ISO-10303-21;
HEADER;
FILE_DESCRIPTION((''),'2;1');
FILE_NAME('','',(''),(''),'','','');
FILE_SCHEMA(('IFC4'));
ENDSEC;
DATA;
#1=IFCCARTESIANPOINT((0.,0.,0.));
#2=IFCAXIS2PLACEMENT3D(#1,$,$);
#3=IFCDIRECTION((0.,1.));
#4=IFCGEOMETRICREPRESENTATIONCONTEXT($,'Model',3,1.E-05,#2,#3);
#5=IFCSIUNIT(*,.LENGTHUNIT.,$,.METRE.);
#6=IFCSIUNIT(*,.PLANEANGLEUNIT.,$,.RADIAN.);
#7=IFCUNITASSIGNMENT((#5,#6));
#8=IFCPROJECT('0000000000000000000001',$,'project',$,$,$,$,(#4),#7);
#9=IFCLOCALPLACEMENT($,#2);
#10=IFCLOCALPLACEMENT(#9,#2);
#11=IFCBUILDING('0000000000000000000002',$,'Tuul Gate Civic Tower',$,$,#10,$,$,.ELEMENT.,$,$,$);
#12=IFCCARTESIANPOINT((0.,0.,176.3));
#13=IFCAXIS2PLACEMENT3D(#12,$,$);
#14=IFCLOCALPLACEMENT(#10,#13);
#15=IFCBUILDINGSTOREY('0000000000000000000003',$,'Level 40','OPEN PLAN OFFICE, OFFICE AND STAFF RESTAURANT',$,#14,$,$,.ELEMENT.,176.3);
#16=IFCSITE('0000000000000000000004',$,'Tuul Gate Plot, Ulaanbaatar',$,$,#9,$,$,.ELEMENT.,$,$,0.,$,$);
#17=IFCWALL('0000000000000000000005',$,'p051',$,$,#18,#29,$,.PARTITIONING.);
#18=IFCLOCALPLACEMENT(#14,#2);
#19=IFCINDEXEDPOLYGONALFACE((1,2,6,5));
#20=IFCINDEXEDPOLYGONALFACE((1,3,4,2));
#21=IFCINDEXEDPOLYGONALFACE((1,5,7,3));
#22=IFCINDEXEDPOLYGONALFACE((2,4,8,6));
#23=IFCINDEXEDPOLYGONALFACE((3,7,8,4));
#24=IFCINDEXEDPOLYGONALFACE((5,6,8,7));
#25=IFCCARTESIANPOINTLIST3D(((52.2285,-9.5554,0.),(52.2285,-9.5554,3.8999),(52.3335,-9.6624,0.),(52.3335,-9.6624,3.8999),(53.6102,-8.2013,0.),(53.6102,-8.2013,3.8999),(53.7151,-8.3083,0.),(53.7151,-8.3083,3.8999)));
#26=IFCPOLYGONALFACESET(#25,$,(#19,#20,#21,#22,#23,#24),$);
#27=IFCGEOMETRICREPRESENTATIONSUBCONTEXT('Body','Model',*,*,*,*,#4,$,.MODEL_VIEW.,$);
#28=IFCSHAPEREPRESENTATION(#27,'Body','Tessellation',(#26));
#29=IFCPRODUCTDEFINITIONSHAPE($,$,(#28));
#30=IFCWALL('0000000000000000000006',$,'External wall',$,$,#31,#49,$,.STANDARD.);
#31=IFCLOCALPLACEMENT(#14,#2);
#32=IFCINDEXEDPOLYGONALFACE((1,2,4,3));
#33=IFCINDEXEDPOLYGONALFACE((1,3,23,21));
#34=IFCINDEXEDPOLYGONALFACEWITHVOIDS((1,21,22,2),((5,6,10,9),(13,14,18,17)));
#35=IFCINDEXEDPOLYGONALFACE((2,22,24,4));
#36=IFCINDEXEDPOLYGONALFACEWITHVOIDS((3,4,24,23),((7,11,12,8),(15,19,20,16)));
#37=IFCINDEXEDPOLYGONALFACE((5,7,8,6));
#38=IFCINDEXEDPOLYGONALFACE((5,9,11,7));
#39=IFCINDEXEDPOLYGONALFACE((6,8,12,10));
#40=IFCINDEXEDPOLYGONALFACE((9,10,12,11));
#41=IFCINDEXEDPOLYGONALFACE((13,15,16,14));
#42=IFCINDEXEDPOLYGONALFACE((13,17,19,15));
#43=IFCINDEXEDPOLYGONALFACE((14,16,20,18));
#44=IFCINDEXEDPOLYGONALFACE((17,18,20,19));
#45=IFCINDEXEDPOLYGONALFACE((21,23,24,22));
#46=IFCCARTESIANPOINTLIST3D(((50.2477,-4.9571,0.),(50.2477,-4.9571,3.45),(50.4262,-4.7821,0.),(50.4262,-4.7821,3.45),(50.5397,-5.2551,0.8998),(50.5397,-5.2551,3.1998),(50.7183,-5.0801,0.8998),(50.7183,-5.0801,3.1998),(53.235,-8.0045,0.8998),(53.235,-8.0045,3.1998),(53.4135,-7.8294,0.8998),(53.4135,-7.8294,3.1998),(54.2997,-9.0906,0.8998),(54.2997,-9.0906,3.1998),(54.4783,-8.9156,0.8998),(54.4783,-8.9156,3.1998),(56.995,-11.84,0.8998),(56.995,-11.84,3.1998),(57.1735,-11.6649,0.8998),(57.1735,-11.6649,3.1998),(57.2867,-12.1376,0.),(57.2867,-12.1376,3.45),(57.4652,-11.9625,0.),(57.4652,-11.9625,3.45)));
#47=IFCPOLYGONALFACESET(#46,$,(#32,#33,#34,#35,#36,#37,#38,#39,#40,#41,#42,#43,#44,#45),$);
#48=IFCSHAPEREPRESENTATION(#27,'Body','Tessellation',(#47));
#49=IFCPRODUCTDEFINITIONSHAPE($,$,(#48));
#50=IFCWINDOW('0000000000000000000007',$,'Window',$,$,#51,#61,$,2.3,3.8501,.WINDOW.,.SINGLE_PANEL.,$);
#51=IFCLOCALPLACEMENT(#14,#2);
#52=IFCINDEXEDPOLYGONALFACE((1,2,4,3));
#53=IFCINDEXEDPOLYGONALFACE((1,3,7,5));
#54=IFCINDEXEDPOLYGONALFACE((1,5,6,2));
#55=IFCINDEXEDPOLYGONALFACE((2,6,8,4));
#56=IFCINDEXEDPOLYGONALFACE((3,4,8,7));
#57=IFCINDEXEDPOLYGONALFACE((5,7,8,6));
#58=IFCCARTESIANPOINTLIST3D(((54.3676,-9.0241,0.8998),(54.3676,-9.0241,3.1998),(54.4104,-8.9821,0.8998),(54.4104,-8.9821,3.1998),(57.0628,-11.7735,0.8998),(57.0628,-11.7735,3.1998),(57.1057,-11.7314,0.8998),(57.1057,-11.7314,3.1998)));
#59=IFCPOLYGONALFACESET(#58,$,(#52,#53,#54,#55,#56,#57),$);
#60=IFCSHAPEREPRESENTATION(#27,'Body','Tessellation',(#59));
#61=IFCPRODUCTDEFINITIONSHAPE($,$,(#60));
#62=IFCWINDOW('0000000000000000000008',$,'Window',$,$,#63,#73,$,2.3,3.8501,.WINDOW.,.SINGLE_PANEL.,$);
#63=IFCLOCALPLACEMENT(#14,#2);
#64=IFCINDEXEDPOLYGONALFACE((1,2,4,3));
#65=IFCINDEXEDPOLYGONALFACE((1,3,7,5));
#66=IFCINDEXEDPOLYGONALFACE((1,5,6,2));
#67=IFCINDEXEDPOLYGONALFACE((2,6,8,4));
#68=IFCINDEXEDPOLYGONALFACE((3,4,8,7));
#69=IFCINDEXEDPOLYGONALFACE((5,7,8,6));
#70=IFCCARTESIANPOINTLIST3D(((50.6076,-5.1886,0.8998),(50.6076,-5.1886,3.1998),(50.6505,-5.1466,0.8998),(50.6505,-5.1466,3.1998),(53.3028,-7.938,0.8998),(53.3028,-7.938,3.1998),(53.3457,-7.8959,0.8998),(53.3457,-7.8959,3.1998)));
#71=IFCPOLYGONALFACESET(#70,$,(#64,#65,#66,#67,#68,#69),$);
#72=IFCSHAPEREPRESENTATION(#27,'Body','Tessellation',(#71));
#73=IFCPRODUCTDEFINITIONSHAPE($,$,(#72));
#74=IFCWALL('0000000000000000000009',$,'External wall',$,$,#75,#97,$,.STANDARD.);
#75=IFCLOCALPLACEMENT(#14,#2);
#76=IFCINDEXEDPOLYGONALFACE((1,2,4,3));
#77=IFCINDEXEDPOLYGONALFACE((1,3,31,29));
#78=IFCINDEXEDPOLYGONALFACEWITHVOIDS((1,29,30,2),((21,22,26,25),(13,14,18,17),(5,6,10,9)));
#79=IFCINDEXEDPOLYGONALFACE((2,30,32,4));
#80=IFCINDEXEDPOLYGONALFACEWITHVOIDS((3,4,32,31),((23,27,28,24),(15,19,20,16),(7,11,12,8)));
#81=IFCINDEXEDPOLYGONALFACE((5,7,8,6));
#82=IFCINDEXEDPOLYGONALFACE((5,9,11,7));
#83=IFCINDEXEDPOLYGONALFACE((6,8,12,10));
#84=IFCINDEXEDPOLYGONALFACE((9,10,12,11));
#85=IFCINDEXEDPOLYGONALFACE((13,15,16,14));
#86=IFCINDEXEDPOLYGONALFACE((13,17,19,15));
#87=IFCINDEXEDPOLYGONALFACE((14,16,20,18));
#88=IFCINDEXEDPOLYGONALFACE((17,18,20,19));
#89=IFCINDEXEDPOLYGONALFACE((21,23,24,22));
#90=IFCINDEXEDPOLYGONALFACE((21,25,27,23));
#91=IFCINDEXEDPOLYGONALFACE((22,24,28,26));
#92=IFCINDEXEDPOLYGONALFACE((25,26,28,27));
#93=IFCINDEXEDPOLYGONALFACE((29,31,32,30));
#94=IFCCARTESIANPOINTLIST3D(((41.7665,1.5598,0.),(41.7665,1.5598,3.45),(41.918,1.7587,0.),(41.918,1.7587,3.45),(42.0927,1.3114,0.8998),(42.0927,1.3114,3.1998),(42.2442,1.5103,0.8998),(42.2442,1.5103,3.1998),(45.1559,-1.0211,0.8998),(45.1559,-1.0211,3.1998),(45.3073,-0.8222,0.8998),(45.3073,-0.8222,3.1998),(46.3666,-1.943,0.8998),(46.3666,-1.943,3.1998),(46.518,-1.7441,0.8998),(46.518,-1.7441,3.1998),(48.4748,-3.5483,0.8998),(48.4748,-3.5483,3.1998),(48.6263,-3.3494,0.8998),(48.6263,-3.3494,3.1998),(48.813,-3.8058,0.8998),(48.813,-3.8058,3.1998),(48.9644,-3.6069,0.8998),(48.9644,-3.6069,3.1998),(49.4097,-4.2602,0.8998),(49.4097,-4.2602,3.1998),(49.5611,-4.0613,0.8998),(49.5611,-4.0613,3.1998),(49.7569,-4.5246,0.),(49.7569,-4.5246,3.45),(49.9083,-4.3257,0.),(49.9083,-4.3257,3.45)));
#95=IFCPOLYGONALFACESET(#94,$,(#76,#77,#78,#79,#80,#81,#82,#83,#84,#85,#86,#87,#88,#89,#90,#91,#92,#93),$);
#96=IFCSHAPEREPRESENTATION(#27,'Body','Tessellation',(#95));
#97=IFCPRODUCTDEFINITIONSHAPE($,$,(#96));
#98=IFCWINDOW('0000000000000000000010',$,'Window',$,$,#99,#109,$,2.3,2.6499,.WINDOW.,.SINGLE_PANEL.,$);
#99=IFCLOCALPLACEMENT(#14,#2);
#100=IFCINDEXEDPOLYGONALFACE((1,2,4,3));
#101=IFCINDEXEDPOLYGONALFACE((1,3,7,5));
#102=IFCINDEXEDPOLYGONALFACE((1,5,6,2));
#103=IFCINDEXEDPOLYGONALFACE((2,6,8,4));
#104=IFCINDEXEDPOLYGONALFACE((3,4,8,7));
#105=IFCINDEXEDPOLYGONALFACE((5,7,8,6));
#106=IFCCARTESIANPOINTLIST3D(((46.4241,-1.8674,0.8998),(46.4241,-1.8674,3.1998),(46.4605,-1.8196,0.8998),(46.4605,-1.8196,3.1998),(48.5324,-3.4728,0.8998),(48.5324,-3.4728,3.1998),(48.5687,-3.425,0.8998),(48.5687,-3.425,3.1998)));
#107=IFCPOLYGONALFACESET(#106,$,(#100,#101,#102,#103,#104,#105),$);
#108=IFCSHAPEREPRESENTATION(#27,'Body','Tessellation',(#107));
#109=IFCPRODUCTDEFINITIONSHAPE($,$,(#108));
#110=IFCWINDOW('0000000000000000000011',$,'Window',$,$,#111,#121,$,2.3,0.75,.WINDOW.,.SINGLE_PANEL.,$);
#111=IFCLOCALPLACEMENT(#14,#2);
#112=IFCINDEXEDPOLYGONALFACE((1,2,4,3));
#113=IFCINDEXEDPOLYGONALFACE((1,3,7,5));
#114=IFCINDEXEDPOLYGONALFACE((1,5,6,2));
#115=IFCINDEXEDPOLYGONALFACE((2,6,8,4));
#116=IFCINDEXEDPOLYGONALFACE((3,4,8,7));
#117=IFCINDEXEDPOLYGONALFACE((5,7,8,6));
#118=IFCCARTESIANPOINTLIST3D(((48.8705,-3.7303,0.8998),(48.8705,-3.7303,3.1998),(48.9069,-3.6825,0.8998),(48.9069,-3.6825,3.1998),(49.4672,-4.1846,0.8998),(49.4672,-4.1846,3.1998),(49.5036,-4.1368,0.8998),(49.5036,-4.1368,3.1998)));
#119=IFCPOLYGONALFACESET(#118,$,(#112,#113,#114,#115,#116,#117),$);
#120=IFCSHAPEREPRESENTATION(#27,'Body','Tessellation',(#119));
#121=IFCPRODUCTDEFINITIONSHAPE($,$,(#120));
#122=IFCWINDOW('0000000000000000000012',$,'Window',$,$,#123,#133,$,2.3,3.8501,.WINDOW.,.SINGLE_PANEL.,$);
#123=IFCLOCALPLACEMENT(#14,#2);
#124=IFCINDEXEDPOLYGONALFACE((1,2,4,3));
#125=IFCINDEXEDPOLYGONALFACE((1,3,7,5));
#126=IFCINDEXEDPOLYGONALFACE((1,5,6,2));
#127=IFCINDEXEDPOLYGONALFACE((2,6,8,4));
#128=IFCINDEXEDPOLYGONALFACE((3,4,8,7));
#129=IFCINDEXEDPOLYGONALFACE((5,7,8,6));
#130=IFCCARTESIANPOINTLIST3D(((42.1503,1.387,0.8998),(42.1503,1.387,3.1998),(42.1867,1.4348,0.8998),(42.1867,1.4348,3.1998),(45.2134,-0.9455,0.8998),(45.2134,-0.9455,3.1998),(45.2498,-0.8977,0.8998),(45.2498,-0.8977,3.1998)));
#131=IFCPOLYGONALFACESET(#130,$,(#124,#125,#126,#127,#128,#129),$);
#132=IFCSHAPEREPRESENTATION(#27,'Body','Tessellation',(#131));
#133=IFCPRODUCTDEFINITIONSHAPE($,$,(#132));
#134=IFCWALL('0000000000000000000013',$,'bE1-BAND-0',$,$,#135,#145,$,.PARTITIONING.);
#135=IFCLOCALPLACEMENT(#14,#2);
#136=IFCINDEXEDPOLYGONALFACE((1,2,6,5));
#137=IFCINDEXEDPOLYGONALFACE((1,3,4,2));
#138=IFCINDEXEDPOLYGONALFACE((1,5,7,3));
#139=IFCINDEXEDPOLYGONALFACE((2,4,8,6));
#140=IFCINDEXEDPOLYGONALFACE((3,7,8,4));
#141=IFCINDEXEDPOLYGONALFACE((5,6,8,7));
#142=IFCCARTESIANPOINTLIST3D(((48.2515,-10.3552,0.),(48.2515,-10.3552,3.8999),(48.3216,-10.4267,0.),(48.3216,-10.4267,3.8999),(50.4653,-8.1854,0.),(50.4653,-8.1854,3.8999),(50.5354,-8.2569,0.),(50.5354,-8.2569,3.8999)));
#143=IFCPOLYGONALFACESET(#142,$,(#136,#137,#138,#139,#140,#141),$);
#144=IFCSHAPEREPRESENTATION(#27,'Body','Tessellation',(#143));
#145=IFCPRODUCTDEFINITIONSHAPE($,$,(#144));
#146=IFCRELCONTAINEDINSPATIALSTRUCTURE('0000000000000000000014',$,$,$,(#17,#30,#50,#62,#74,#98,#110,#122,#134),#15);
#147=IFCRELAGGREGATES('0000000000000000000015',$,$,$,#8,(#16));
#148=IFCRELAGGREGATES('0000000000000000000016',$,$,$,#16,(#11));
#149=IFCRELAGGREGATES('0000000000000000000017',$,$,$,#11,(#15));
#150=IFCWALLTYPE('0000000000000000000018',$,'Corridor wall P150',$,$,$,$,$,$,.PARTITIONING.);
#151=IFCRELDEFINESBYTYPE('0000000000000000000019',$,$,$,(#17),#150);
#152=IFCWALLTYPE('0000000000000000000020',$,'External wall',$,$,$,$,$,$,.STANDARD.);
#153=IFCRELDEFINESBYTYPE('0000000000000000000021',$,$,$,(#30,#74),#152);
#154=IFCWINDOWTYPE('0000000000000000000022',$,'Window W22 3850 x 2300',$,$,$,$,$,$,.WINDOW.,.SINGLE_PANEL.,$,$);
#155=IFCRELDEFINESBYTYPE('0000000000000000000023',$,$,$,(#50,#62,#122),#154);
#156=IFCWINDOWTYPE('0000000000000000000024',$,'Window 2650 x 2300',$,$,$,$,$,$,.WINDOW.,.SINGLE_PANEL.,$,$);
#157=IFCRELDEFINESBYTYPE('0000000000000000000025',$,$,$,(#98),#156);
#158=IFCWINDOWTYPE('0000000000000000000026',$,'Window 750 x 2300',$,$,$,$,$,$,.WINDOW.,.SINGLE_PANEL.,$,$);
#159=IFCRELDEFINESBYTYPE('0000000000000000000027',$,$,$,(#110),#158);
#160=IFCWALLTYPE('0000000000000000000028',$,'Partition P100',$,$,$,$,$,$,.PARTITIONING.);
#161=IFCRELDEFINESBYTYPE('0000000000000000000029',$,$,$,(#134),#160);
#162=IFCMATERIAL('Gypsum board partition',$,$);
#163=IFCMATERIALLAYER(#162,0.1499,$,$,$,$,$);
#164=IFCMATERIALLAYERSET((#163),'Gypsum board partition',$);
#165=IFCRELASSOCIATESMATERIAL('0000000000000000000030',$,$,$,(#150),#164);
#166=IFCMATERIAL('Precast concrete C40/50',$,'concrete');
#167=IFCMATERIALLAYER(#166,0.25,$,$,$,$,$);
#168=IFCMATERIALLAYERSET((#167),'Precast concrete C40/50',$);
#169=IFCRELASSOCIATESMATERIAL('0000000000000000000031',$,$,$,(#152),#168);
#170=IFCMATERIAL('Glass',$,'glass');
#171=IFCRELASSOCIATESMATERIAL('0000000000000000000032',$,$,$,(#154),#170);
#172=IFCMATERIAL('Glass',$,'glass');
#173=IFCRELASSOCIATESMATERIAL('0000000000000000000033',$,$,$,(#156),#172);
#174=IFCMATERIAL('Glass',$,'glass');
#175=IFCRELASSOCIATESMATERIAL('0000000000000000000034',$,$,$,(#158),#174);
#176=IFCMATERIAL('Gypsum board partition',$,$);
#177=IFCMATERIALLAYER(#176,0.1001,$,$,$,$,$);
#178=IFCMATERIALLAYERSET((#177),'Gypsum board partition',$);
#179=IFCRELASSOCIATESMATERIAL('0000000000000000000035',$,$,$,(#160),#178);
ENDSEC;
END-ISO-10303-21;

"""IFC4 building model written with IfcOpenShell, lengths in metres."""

from ifc_helpers import new_model, si_unit, direction, frame, frame_2d, origin, place, context, subcontext, project, spatial, rectangle, extrude, material, layer, layer_set, type_object, element, fill, save


model = new_model("IFC4")

# Units and contexts
model_context = context("Model", 3, precision=1e-05, world=origin(), true_north=direction((0.0, 1.0)))
body_context = subcontext(model_context, "Body", "Model", "MODEL_VIEW")
ifc_project = project(units=[si_unit("LENGTHUNIT", "METRE"), si_unit("PLANEANGLEUNIT", "RADIAN")], contexts=[model_context])

# Site, building, storey
site_placement = place(None, origin())
site = spatial("IfcSite", under=ifc_project, at=site_placement, Name="Tuul Gate Plot, Ulaanbaatar", CompositionType="ELEMENT", RefElevation=0.0)
building_placement = place(site_placement, origin())
building = spatial("IfcBuilding", under=site, at=building_placement, Name="Tuul Gate Civic Tower", CompositionType="ELEMENT")
storey_placement = place(building_placement, frame((0.0, 0.0, 176.3)))
storey = spatial("IfcBuildingStorey", under=building, at=storey_placement, Name="Level 40", Description="OPEN PLAN OFFICE, OFFICE AND STAFF RESTAURANT", CompositionType="ELEMENT", Elevation=176.3)

# Wall
ifc_material_1 = material(Name="Gypsum board partition")
ifc_layer_1 = layer(ifc_material_1, 0.1499)
ifc_layer_set_1 = layer_set([ifc_layer_1], Name="Gypsum board partition")
wall_type_1 = type_object("IfcWallType", Name="Corridor wall P150", PredefinedType="PARTITIONING", material=ifc_layer_set_1)
wall_1_placement = place(storey_placement, frame((52.281, -9.6089, 0.0), z_axis=(0.0, 0.0, 1.0), x_axis=(0.714201, 0.69994, 0.0)))
element("IfcWall", 1, at=wall_1_placement, inside=storey, type_object=wall_type_1, Name="p051", PredefinedType="PARTITIONING", context=body_context, shape_type="SweptSolid", body=[
    extrude(rectangle(XDim=1.9346, YDim=0.1499, at=frame_2d((0.9673, 0.0))), origin(), (0.0, 0.0, 1.0), 3.8999),
])

# Walls, openings, windows
ifc_material_2 = material(Name="Precast concrete C40/50", Category="concrete")
ifc_layer_2 = layer(ifc_material_2, 0.25)
ifc_layer_set_2 = layer_set([ifc_layer_2], Name="Precast concrete C40/50")
wall_type_2 = type_object("IfcWallType", Name="External wall", PredefinedType="STANDARD", material=ifc_layer_set_2)
wall_2_placement = place(storey_placement, frame((57.376, -12.05, 0.0), z_axis=(0.0, 0.0, 1.0), x_axis=(-0.700043, 0.714101, 0.0)))
wall_2 = element("IfcWall", 2, at=wall_2_placement, inside=storey, type_object=wall_type_2, Name="External wall", PredefinedType="STANDARD", context=body_context, shape_type="SweptSolid", body=[
    extrude(rectangle(XDim=10.0552, YDim=0.25, at=frame_2d((5.0276, 0.0))), origin(), (0.0, 0.0, 1.0), 3.45),
])
opening_1_placement = place(wall_2_placement, frame((0.4167, 0.0, 0.8999)))
opening_1 = element("IfcOpeningElement", 3, at=opening_1_placement, cuts=wall_2, PredefinedType="OPENING", context=body_context, shape_type="SweptSolid", body=[
    extrude(rectangle(XDim=3.8501, YDim=2.3, at=frame_2d((1.925, 1.1499))), frame((0.0, 0.135, 0.0), z_axis=(0.0, -1.0, 0.0), x_axis=(1.0, 0.0, 0.0)), (0.0, 0.0, 1.0), 0.27),
])
opening_2_placement = place(wall_2_placement, frame((5.7878, 0.0, 0.8999)))
opening_2 = element("IfcOpeningElement", 4, at=opening_2_placement, cuts=wall_2, PredefinedType="OPENING", context=body_context, shape_type="SweptSolid", body=[
    extrude(rectangle(XDim=3.8501, YDim=2.3, at=frame_2d((1.925, 1.1499))), frame((0.0, 0.135, 0.0), z_axis=(0.0, -1.0, 0.0), x_axis=(1.0, 0.0, 0.0)), (0.0, 0.0, 1.0), 0.27),
])
ifc_material_3 = material(Name="Glass", Category="glass")
window_type_1 = type_object("IfcWindowType", Name="Window W22 3850 x 2300", PartitioningType="SINGLE_PANEL", PredefinedType="WINDOW", material=ifc_material_3)
window_1_placement = place(opening_1_placement, origin())
window_1 = element("IfcWindow", 5, at=window_1_placement, inside=storey, type_object=window_type_1, Name="Window", OverallHeight=2.3, OverallWidth=3.8501, PartitioningType="SINGLE_PANEL", PredefinedType="WINDOW", context=body_context, shape_type="SweptSolid", body=[
    extrude(rectangle(XDim=3.8501, YDim=2.3, at=frame_2d((1.925, 1.1499))), frame((0.0, 0.03, 0.0), z_axis=(0.0, -1.0, 0.0), x_axis=(1.0, 0.0, 0.0)), (0.0, 0.0, 1.0), 0.0601),
])
fill(opening_1, window_1)
window_2_placement = place(opening_2_placement, origin())
window_2 = element("IfcWindow", 6, at=window_2_placement, inside=storey, type_object=window_type_1, Name="Window", OverallHeight=2.3, OverallWidth=3.8501, PartitioningType="SINGLE_PANEL", PredefinedType="WINDOW", context=body_context, shape_type="SweptSolid", body=[
    extrude(rectangle(XDim=3.8501, YDim=2.3, at=frame_2d((1.925, 1.1499))), frame((0.0, 0.03, 0.0), z_axis=(0.0, -1.0, 0.0), x_axis=(1.0, 0.0, 0.0)), (0.0, 0.0, 1.0), 0.0601),
])
fill(opening_2, window_2)
wall_3_placement = place(storey_placement, frame((49.8325, -4.425, 0.0), z_axis=(0.0, 0.0, 1.0), x_axis=(-0.7956, 0.605822, 0.0)))
wall_3 = element("IfcWall", 7, at=wall_3_placement, inside=storey, type_object=wall_type_2, Name="External wall", PredefinedType="STANDARD", context=body_context, shape_type="SweptSolid", body=[
    extrude(rectangle(XDim=10.0432, YDim=0.25, at=frame_2d((5.0215, 0.0))), origin(), (0.0, 0.0, 1.0), 3.45),
])
opening_3_placement = place(wall_3_placement, frame((5.783, 0.0, 0.8999)))
opening_3 = element("IfcOpeningElement", 8, at=opening_3_placement, cuts=wall_3, PredefinedType="OPENING", context=body_context, shape_type="SweptSolid", body=[
    extrude(rectangle(XDim=3.8501, YDim=2.3, at=frame_2d((1.925, 1.1499))), frame((0.0, 0.135, 0.0), z_axis=(0.0, -1.0, 0.0), x_axis=(1.0, 0.0, 0.0)), (0.0, 0.0, 1.0), 0.27),
])
opening_4_placement = place(wall_3_placement, frame((0.4363, 0.0, 0.8999)))
opening_4 = element("IfcOpeningElement", 9, at=opening_4_placement, cuts=wall_3, PredefinedType="OPENING", context=body_context, shape_type="SweptSolid", body=[
    extrude(rectangle(XDim=0.75, YDim=2.3, at=frame_2d((0.375, 1.1499))), frame((0.0, 0.135, 0.0), z_axis=(0.0, -1.0, 0.0), x_axis=(1.0, 0.0, 0.0)), (0.0, 0.0, 1.0), 0.27),
])
opening_5_placement = place(wall_3_placement, frame((1.6113, 0.0, 0.8999)))
opening_5 = element("IfcOpeningElement", 10, at=opening_5_placement, cuts=wall_3, PredefinedType="OPENING", context=body_context, shape_type="SweptSolid", body=[
    extrude(rectangle(XDim=2.6499, YDim=2.3, at=frame_2d((1.325, 1.1499))), frame((0.0, 0.135, 0.0), z_axis=(0.0, -1.0, 0.0), x_axis=(1.0, 0.0, 0.0)), (0.0, 0.0, 1.0), 0.27),
])
ifc_material_4 = material(Name="Glass", Category="glass")
window_type_2 = type_object("IfcWindowType", Name="Window 2650 x 2300", PartitioningType="SINGLE_PANEL", PredefinedType="WINDOW", material=ifc_material_4)
window_3_placement = place(opening_5_placement, origin())
window_3 = element("IfcWindow", 11, at=window_3_placement, inside=storey, type_object=window_type_2, Name="Window", OverallHeight=2.3, OverallWidth=2.6499, PartitioningType="SINGLE_PANEL", PredefinedType="WINDOW", context=body_context, shape_type="SweptSolid", body=[
    extrude(rectangle(XDim=2.6499, YDim=2.3, at=frame_2d((1.325, 1.1499))), frame((0.0, 0.03, 0.0), z_axis=(0.0, -1.0, 0.0), x_axis=(1.0, 0.0, 0.0)), (0.0, 0.0, 1.0), 0.0601),
])
fill(opening_5, window_3)
ifc_material_5 = material(Name="Glass", Category="glass")
window_type_3 = type_object("IfcWindowType", Name="Window 750 x 2300", PartitioningType="SINGLE_PANEL", PredefinedType="WINDOW", material=ifc_material_5)
window_4_placement = place(opening_4_placement, origin())
window_4 = element("IfcWindow", 12, at=window_4_placement, inside=storey, type_object=window_type_3, Name="Window", OverallHeight=2.3, OverallWidth=0.75, PartitioningType="SINGLE_PANEL", PredefinedType="WINDOW", context=body_context, shape_type="SweptSolid", body=[
    extrude(rectangle(XDim=0.75, YDim=2.3, at=frame_2d((0.375, 1.1499))), frame((0.0, 0.03, 0.0), z_axis=(0.0, -1.0, 0.0), x_axis=(1.0, 0.0, 0.0)), (0.0, 0.0, 1.0), 0.0601),
])
fill(opening_4, window_4)
window_5_placement = place(opening_3_placement, origin())
window_5 = element("IfcWindow", 13, at=window_5_placement, inside=storey, type_object=window_type_1, Name="Window", OverallHeight=2.3, OverallWidth=3.8501, PartitioningType="SINGLE_PANEL", PredefinedType="WINDOW", context=body_context, shape_type="SweptSolid", body=[
    extrude(rectangle(XDim=3.8501, YDim=2.3, at=frame_2d((1.925, 1.1499))), frame((0.0, 0.03, 0.0), z_axis=(0.0, -1.0, 0.0), x_axis=(1.0, 0.0, 0.0)), (0.0, 0.0, 1.0), 0.0601),
])
fill(opening_3, window_5)

# Wall
ifc_material_6 = material(Name="Gypsum board partition")
ifc_layer_3 = layer(ifc_material_6, 0.1001)
ifc_layer_set_3 = layer_set([ifc_layer_3], Name="Gypsum board partition")
wall_type_3 = type_object("IfcWallType", Name="Partition P100", PredefinedType="PARTITIONING", material=ifc_layer_set_3)
wall_4_placement = place(storey_placement, frame((48.2866, -10.3909, 0.0), z_axis=(0.0, 0.0, 1.0), x_axis=(0.714159, 0.699983, 0.0)))
element("IfcWall", 14, at=wall_4_placement, inside=storey, type_object=wall_type_3, Name="bE1-BAND-0", PredefinedType="PARTITIONING", context=body_context, shape_type="SweptSolid", body=[
    extrude(rectangle(XDim=3.0999, YDim=0.1001, at=frame_2d((1.5498, 0.0))), origin(), (0.0, 0.0, 1.0), 3.8999),
])

save(model, "model.ifc")
